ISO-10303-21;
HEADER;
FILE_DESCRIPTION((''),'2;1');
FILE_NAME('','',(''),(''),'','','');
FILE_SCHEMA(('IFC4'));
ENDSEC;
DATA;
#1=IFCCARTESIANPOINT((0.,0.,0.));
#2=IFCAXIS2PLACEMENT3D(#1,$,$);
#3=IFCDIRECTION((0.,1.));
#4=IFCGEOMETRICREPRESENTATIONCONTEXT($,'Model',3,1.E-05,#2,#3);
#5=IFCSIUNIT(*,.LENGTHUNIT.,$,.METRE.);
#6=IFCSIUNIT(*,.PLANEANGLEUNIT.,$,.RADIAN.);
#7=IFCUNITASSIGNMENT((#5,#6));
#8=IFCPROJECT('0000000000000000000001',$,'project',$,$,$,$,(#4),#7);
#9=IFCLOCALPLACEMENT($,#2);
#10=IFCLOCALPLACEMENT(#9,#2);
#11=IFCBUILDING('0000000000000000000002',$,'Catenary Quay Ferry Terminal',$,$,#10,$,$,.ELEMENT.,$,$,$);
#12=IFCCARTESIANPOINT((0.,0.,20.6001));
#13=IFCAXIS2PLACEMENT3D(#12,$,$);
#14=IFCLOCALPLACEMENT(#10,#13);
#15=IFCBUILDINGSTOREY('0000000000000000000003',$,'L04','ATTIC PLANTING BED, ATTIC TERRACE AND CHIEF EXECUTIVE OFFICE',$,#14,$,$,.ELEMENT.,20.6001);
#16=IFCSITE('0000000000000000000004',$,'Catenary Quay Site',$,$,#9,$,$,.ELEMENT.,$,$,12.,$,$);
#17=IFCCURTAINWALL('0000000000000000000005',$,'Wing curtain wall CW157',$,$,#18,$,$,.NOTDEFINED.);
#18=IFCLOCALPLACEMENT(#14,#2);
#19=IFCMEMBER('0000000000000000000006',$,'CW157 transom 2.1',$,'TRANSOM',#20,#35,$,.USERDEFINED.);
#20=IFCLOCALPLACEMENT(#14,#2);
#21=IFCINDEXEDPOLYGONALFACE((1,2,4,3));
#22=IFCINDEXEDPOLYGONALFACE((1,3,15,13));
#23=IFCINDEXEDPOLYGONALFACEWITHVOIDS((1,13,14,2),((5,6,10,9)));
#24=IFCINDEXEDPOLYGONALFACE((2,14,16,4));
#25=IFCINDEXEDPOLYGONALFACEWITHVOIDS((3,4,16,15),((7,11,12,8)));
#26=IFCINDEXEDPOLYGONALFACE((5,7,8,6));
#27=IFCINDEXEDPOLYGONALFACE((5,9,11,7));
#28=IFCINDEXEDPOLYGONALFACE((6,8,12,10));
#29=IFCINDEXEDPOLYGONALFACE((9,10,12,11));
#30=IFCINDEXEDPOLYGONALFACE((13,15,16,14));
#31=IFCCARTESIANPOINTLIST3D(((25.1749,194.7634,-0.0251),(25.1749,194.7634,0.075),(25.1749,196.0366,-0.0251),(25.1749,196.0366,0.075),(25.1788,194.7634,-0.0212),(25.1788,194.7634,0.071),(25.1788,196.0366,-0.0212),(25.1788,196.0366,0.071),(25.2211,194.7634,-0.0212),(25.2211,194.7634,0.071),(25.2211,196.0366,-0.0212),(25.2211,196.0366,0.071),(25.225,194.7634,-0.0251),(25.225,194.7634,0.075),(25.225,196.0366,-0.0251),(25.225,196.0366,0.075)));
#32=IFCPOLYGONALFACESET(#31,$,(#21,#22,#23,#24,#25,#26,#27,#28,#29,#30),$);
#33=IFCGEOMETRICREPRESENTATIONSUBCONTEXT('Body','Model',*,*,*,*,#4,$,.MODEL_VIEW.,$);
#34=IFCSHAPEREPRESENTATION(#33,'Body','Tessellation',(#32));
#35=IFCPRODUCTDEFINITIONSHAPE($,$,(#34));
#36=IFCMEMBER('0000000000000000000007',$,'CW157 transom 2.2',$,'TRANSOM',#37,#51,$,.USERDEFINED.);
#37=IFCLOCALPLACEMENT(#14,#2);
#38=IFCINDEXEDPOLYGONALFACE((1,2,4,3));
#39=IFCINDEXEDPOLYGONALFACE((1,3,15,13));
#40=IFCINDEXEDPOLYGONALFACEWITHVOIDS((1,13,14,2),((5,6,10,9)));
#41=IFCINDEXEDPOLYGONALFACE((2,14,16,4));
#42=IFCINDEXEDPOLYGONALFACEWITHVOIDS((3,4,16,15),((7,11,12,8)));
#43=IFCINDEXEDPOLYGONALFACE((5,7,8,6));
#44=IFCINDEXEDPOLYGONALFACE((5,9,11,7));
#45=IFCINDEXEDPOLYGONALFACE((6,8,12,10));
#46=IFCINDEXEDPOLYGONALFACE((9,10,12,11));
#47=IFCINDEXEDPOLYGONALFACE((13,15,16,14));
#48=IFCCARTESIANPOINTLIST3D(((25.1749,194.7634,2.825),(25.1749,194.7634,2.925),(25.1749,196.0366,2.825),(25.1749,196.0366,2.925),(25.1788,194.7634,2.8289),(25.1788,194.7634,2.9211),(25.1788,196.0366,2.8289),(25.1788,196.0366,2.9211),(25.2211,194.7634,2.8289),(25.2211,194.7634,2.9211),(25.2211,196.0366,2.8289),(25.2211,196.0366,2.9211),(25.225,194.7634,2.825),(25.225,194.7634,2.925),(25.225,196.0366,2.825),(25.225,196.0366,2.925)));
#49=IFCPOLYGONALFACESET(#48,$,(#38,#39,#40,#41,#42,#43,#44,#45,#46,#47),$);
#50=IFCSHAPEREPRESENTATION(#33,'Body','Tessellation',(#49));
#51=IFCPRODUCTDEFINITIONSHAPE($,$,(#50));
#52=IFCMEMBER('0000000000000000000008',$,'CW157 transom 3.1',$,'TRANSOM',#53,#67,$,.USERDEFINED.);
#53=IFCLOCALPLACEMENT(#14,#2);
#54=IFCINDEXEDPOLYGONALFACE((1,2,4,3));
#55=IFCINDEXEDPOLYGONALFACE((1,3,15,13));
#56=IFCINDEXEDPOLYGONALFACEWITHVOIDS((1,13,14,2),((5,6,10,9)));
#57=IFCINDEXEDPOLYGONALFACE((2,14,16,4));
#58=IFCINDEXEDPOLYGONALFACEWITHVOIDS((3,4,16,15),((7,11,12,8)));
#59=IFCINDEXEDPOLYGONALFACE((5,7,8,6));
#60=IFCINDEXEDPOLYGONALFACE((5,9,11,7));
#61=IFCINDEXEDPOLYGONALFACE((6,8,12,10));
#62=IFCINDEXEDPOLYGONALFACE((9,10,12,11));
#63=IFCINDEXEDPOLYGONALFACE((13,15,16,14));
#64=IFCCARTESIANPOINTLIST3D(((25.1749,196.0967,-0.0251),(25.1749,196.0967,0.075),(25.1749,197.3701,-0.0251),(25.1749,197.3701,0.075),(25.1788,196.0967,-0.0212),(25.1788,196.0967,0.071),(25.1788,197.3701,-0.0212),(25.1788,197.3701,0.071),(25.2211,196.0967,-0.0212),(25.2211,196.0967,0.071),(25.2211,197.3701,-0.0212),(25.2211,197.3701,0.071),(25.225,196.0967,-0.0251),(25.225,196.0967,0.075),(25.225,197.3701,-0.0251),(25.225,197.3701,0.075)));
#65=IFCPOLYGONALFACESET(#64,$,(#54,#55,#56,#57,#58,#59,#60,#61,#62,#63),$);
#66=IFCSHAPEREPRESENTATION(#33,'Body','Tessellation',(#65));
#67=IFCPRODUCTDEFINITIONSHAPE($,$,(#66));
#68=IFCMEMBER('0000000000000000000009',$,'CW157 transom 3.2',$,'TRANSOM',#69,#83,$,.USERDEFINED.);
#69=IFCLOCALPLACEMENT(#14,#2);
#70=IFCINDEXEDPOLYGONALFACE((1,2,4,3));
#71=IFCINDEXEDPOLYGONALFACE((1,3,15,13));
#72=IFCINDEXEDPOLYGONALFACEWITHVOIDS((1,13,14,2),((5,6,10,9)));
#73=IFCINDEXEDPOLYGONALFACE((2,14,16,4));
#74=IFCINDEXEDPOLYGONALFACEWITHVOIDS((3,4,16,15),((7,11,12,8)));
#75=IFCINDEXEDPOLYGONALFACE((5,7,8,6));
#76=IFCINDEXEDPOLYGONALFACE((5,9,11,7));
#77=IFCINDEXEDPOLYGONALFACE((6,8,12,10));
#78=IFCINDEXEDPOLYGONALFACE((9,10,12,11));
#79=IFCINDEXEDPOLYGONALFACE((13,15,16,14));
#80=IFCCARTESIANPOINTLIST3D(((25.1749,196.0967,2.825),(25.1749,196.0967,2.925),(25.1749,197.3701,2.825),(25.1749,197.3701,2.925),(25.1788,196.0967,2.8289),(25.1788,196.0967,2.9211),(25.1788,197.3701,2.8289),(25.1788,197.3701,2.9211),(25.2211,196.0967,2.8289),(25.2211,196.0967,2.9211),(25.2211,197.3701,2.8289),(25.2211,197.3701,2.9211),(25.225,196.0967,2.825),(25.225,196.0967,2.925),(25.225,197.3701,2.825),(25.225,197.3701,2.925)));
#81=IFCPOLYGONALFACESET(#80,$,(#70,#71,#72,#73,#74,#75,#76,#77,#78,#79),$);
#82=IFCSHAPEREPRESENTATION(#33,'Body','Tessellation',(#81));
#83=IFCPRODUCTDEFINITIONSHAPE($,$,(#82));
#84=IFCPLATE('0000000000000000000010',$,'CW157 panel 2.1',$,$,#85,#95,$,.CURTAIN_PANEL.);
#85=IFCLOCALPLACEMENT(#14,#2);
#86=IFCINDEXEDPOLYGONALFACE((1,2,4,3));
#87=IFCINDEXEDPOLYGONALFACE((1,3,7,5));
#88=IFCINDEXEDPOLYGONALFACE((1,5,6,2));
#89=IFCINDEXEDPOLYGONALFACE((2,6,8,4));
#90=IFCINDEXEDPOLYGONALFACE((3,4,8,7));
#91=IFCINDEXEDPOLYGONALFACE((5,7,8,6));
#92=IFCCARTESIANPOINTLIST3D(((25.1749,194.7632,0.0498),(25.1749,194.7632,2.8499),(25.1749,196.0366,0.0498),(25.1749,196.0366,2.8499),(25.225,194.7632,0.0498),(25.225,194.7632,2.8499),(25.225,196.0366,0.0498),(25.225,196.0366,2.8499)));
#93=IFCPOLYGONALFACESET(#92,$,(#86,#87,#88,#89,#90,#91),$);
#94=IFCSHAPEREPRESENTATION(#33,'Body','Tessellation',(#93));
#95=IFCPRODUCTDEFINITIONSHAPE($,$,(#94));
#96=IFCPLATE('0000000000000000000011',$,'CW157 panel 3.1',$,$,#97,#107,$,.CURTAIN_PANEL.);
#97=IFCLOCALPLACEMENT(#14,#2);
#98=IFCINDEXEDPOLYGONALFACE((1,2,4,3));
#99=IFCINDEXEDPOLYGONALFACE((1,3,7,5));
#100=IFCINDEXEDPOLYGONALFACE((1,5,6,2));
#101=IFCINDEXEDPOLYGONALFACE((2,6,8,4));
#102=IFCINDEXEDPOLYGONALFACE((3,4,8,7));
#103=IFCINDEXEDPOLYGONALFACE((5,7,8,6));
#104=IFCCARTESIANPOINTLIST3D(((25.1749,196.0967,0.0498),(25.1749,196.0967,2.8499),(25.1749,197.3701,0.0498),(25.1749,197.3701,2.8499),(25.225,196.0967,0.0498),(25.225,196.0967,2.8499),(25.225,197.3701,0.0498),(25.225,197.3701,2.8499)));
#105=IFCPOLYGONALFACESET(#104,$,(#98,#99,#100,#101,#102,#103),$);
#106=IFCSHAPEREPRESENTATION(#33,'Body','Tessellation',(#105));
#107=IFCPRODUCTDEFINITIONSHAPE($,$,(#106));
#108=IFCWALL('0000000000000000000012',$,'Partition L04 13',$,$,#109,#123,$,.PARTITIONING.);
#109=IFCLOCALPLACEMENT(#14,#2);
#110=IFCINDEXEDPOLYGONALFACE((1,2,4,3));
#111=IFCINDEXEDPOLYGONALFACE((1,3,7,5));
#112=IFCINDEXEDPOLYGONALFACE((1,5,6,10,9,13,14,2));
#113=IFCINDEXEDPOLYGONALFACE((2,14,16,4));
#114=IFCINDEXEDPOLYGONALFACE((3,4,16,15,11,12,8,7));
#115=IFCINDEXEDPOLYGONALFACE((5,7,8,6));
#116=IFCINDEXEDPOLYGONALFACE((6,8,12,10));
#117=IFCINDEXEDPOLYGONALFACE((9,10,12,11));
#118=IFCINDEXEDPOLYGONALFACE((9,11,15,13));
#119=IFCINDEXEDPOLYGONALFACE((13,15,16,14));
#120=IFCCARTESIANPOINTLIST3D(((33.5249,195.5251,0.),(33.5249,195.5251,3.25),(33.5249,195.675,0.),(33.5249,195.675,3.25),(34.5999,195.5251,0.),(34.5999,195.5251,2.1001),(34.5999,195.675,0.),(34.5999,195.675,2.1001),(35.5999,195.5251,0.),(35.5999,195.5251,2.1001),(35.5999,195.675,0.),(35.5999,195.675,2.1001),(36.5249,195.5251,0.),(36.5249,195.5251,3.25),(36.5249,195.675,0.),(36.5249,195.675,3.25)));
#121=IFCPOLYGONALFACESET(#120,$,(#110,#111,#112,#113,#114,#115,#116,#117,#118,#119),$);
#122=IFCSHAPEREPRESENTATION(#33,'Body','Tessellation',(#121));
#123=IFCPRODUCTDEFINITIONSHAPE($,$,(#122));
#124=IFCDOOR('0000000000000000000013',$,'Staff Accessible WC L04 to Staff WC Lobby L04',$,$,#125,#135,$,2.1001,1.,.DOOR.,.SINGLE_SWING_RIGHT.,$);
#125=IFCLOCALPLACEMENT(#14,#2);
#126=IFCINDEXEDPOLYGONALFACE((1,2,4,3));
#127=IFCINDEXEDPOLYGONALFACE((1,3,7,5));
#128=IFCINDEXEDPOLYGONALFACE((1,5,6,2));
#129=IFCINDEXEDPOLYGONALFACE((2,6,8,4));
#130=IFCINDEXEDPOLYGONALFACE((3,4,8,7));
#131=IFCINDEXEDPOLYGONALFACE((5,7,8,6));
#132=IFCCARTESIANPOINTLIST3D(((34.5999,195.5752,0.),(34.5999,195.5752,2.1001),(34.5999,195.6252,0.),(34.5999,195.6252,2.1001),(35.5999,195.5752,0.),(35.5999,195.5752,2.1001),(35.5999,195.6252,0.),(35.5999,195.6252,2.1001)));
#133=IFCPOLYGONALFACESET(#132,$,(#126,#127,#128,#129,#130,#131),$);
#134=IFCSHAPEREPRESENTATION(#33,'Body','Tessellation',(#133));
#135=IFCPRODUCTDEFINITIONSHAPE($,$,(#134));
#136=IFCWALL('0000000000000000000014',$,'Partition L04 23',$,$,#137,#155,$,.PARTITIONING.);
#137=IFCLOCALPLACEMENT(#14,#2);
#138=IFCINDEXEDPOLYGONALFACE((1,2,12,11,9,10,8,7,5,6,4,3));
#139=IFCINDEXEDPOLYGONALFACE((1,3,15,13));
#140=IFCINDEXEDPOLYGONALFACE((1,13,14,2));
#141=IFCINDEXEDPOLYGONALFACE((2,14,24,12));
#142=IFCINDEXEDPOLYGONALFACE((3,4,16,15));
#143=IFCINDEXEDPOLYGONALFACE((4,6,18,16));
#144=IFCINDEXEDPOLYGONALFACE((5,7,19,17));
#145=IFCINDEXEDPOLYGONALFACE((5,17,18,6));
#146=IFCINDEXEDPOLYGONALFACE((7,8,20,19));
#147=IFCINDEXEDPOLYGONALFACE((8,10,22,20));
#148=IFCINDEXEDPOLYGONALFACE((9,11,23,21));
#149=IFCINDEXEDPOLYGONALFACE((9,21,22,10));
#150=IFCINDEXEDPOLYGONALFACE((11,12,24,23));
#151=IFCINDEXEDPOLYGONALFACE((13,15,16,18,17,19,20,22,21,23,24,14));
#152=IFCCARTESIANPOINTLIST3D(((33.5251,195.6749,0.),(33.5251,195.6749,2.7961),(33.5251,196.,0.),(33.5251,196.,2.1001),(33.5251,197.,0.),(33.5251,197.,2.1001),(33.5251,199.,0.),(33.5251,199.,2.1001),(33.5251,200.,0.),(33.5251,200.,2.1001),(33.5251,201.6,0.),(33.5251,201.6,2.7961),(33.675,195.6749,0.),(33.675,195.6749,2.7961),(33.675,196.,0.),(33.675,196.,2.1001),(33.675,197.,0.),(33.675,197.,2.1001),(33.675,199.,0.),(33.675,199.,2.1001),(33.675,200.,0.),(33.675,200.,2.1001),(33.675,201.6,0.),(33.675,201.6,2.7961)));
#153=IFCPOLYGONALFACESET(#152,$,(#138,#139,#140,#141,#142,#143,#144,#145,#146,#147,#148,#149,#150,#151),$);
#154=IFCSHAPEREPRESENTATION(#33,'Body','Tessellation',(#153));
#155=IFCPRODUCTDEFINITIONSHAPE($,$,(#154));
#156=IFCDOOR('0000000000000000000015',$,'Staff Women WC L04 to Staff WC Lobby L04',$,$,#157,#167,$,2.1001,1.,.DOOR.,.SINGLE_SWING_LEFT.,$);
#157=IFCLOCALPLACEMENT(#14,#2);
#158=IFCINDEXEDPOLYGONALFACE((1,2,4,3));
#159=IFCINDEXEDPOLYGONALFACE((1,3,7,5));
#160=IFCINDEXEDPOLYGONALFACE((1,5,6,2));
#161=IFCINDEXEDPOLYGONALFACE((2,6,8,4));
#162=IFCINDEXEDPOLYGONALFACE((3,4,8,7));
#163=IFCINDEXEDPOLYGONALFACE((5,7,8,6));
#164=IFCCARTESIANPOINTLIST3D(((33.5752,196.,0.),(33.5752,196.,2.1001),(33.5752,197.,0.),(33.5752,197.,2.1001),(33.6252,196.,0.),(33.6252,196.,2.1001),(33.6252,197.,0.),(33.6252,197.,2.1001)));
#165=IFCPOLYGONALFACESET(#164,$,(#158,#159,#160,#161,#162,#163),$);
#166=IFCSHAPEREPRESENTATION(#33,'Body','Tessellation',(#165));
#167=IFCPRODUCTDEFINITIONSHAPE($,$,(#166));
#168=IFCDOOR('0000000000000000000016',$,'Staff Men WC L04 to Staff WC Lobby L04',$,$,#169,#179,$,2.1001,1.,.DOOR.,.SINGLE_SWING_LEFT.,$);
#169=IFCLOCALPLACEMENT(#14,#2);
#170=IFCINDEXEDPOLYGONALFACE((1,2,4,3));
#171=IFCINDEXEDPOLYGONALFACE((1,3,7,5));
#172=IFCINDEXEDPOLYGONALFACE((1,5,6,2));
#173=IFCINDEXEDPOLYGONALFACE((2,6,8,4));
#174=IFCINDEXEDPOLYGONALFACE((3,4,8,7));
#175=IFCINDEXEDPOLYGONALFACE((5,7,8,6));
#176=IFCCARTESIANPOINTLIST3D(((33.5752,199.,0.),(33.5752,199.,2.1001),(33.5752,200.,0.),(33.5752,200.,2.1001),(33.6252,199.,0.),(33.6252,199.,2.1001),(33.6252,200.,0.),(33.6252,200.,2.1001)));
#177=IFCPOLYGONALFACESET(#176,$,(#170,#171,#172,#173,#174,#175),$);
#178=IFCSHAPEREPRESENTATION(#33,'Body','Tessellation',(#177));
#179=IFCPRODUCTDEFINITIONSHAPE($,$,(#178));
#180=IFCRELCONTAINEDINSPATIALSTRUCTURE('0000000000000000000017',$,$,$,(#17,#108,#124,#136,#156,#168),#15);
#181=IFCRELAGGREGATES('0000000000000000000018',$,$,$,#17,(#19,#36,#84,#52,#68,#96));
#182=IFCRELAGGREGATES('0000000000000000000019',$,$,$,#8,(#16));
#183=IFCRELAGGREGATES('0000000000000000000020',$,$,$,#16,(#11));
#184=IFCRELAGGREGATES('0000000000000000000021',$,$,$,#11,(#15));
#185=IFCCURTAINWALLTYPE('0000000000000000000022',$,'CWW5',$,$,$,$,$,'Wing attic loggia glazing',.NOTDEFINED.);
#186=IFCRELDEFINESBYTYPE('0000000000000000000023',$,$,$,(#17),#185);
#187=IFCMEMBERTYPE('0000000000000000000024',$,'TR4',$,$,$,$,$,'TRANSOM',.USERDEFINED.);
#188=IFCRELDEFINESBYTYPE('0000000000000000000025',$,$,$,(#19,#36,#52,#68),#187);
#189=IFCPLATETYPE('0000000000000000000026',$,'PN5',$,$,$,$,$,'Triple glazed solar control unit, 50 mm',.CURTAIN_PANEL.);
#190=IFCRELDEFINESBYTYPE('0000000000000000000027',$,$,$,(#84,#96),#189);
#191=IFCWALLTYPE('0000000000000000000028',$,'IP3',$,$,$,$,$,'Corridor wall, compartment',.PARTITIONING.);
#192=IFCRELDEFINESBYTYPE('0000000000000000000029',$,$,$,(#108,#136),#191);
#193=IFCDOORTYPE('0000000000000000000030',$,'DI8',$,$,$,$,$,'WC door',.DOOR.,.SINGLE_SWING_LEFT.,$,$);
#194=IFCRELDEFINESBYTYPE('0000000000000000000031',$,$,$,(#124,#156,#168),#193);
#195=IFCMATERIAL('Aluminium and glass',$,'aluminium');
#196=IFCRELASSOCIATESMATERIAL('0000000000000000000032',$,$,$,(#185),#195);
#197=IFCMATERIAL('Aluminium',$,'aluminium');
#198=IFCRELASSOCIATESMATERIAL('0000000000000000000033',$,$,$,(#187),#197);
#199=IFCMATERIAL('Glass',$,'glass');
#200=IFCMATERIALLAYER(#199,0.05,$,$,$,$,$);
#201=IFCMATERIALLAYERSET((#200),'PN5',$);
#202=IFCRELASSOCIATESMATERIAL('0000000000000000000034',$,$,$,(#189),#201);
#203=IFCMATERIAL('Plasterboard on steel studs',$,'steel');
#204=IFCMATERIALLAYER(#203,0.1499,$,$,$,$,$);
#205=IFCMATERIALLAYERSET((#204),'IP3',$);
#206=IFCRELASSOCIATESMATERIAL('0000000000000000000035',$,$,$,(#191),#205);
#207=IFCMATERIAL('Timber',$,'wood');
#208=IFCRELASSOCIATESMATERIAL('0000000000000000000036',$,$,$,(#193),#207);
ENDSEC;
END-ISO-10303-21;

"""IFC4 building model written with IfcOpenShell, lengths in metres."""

from ifc_helpers import new_model, si_unit, direction, frame, frame_2d, origin, origin_2d, place, context, subcontext, project, spatial, rectangle, hollow_rectangle, extrude, material, layer, layer_set, material_profile, profile_set, type_object, element, fill, aggregate, save


model = new_model("IFC4")

# Units and contexts
model_context = context("Model", 3, precision=1e-05, world=origin(), true_north=direction((0.0, 1.0)))
body_context = subcontext(model_context, "Body", "Model", "MODEL_VIEW")
ifc_project = project(units=[si_unit("LENGTHUNIT", "METRE"), si_unit("PLANEANGLEUNIT", "RADIAN")], contexts=[model_context])

# Site, building, storey
site_placement = place(None, origin())
site = spatial("IfcSite", under=ifc_project, at=site_placement, Name="Catenary Quay Site", CompositionType="ELEMENT", RefElevation=12.0)
building_placement = place(site_placement, origin())
building = spatial("IfcBuilding", under=site, at=building_placement, Name="Catenary Quay Ferry Terminal", CompositionType="ELEMENT")
storey_placement = place(building_placement, frame((0.0, 0.0, 20.6001)))
storey = spatial("IfcBuildingStorey", under=building, at=storey_placement, Name="L04", Description="ATTIC PLANTING BED, ATTIC TERRACE AND CHIEF EXECUTIVE OFFICE", CompositionType="ELEMENT", Elevation=20.6001)

# Curtain wall, members, plates
ifc_material_1 = material(Name="Aluminium and glass", Category="aluminium")
curtain_wall_type = type_object("IfcCurtainWallType", Name="CWW5", ElementType="Wing attic loggia glazing", PredefinedType="NOTDEFINED", material=ifc_material_1)
curtain_wall_placement = place(storey_placement, origin())
curtain_wall = element("IfcCurtainWall", 1, at=curtain_wall_placement, inside=storey, type_object=curtain_wall_type, Name="Wing curtain wall CW157", PredefinedType="NOTDEFINED")
ifc_material_2 = material(Name="Aluminium", Category="aluminium")
ifc_material_profile_1 = material_profile(ifc_material_2, hollow_rectangle(XDim=0.05, YDim=0.1001, WallThickness=0.0039, at=origin_2d()), Name="TR4")
ifc_profile_set_1 = profile_set([ifc_material_profile_1], Name="Aluminium")
member_type_1 = type_object("IfcMemberType", Name="TR4", ElementType="TRANSOM", PredefinedType="USERDEFINED", material=ifc_profile_set_1)
member_1_placement = place(storey_placement, frame((25.2, 194.7634, 0.0249), z_axis=(0.0, 1.0, 0.0), x_axis=(-1.0, 0.0, 0.0)))
member_1 = element("IfcMember", 2, at=member_1_placement, type_object=member_type_1, Name="CW157 transom 2.1", ObjectType="TRANSOM", PredefinedType="USERDEFINED", context=body_context, shape_type="SweptSolid", body=[
    extrude(hollow_rectangle(XDim=0.05, YDim=0.1001, WallThickness=0.0039, at=origin_2d()), origin(), (0.0, 0.0, 1.0), 1.2732),
])
member_2_placement = place(storey_placement, frame((25.2, 194.7634, 2.875), z_axis=(0.0, 1.0, 0.0), x_axis=(-1.0, 0.0, 0.0)))
member_2 = element("IfcMember", 3, at=member_2_placement, type_object=member_type_1, Name="CW157 transom 2.2", ObjectType="TRANSOM", PredefinedType="USERDEFINED", context=body_context, shape_type="SweptSolid", body=[
    extrude(hollow_rectangle(XDim=0.05, YDim=0.1001, WallThickness=0.0039, at=origin_2d()), origin(), (0.0, 0.0, 1.0), 1.2732),
])
member_3_placement = place(storey_placement, frame((25.2, 196.0967, 0.0249), z_axis=(0.0, 1.0, 0.0), x_axis=(-1.0, 0.0, 0.0)))
member_3 = element("IfcMember", 4, at=member_3_placement, type_object=member_type_1, Name="CW157 transom 3.1", ObjectType="TRANSOM", PredefinedType="USERDEFINED", context=body_context, shape_type="SweptSolid", body=[
    extrude(hollow_rectangle(XDim=0.05, YDim=0.1001, WallThickness=0.0039, at=origin_2d()), origin(), (0.0, 0.0, 1.0), 1.2734),
])
member_4_placement = place(storey_placement, frame((25.2, 196.0967, 2.875), z_axis=(0.0, 1.0, 0.0), x_axis=(-1.0, 0.0, 0.0)))
member_4 = element("IfcMember", 5, at=member_4_placement, type_object=member_type_1, Name="CW157 transom 3.2", ObjectType="TRANSOM", PredefinedType="USERDEFINED", context=body_context, shape_type="SweptSolid", body=[
    extrude(hollow_rectangle(XDim=0.05, YDim=0.1001, WallThickness=0.0039, at=origin_2d()), origin(), (0.0, 0.0, 1.0), 1.2734),
])
ifc_material_3 = material(Name="Glass", Category="glass")
ifc_layer_1 = layer(ifc_material_3, 0.05)
ifc_layer_set_1 = layer_set([ifc_layer_1], Name="PN5")
plate_type = type_object("IfcPlateType", Name="PN5", ElementType="Triple glazed solar control unit, 50 mm", PredefinedType="CURTAIN_PANEL", material=ifc_layer_set_1)
plate_1_placement = place(storey_placement, frame((25.2, 195.3999, 0.0498), z_axis=(0.0, 0.0, 1.0), x_axis=(0.0, 1.0, 0.0)))
plate_1 = element("IfcPlate", 6, at=plate_1_placement, type_object=plate_type, Name="CW157 panel 2.1", PredefinedType="CURTAIN_PANEL", context=body_context, shape_type="SweptSolid", body=[
    extrude(rectangle(XDim=1.2734, YDim=0.05, at=origin_2d()), origin(), (0.0, 0.0, 1.0), 2.8),
])
plate_2_placement = place(storey_placement, frame((25.2, 196.7334, 0.0498), z_axis=(0.0, 0.0, 1.0), x_axis=(0.0, 1.0, 0.0)))
plate_2 = element("IfcPlate", 7, at=plate_2_placement, type_object=plate_type, Name="CW157 panel 3.1", PredefinedType="CURTAIN_PANEL", context=body_context, shape_type="SweptSolid", body=[
    extrude(rectangle(XDim=1.2734, YDim=0.05, at=origin_2d()), origin(), (0.0, 0.0, 1.0), 2.8),
])
aggregate(curtain_wall, [member_1, member_2, plate_1, member_3, member_4, plate_2])

# Wall, opening, door
ifc_material_4 = material(Name="Plasterboard on steel studs", Category="steel")
ifc_layer_2 = layer(ifc_material_4, 0.1499)
ifc_layer_set_2 = layer_set([ifc_layer_2], Name="IP3")
wall_type_1 = type_object("IfcWallType", Name="IP3", ElementType="Corridor wall, compartment", PredefinedType="PARTITIONING", material=ifc_layer_set_2)
wall_1_placement = place(storey_placement, frame((33.5249, 195.6001, 0.0), z_axis=(0.0, 0.0, 1.0), x_axis=(1.0, 0.0, 0.0)))
wall_1 = element("IfcWall", 8, at=wall_1_placement, inside=storey, type_object=wall_type_1, Name="Partition L04 13", PredefinedType="PARTITIONING", context=body_context, shape_type="SweptSolid", body=[
    extrude(rectangle(XDim=3.0, YDim=0.1499, at=frame_2d((1.5, 0.0))), origin(), (0.0, 0.0, 1.0), 3.25),
])
opening_1_placement = place(wall_1_placement, frame((1.075, 0.0, 0.0)))
opening_1 = element("IfcOpeningElement", 9, at=opening_1_placement, cuts=wall_1, PredefinedType="OPENING", context=body_context, shape_type="SweptSolid", body=[
    extrude(rectangle(XDim=1.0, YDim=2.1001, at=frame_2d((0.5, 1.05))), frame((0.0, 0.085, 0.0), z_axis=(0.0, -1.0, 0.0), x_axis=(1.0, 0.0, 0.0)), (0.0, 0.0, 1.0), 0.1699),
])
ifc_material_5 = material(Name="Timber", Category="wood")
door_type = type_object("IfcDoorType", Name="DI8", ElementType="WC door", OperationType="SINGLE_SWING_LEFT", PredefinedType="DOOR", material=ifc_material_5)
door_1_placement = place(opening_1_placement, frame((1.0, 0.0, 0.0), z_axis=(0.0, 0.0, 1.0), x_axis=(-1.0, 0.0, 0.0)))
door_1 = element("IfcDoor", 10, at=door_1_placement, inside=storey, type_object=door_type, Name="Staff Accessible WC L04 to Staff WC Lobby L04", OperationType="SINGLE_SWING_RIGHT", OverallHeight=2.1001, OverallWidth=1.0, PredefinedType="DOOR", context=body_context, shape_type="SweptSolid", body=[
    extrude(rectangle(XDim=1.0, YDim=2.1001, at=frame_2d((0.5, 1.05))), frame((0.0, 0.0249, 0.0), z_axis=(0.0, -1.0, 0.0), x_axis=(1.0, 0.0, 0.0)), (0.0, 0.0, 1.0), 0.05),
])
fill(opening_1, door_1)

# Wall, openings, doors
wall_2_placement = place(storey_placement, frame((33.6001, 195.675, 0.0), z_axis=(0.0, 0.0, 1.0), x_axis=(0.0, 1.0, 0.0)))
wall_2 = element("IfcWall", 11, at=wall_2_placement, inside=storey, type_object=wall_type_1, Name="Partition L04 23", PredefinedType="PARTITIONING", context=body_context, shape_type="SweptSolid", body=[
    extrude(rectangle(XDim=5.925, YDim=0.1499, at=frame_2d((2.9624, 0.0))), origin(), (0.0, 0.0, 1.0), 2.7961),
])
opening_2_placement = place(wall_2_placement, frame((0.325, 0.0, 0.0)))
opening_2 = element("IfcOpeningElement", 12, at=opening_2_placement, cuts=wall_2, PredefinedType="OPENING", context=body_context, shape_type="SweptSolid", body=[
    extrude(rectangle(XDim=1.0, YDim=2.1001, at=frame_2d((0.5, 1.05))), frame((0.0, 0.085, 0.0), z_axis=(0.0, -1.0, 0.0), x_axis=(1.0, 0.0, 0.0)), (0.0, 0.0, 1.0), 0.1699),
])
opening_3_placement = place(wall_2_placement, frame((3.325, 0.0, 0.0)))
opening_3 = element("IfcOpeningElement", 13, at=opening_3_placement, cuts=wall_2, PredefinedType="OPENING", context=body_context, shape_type="SweptSolid", body=[
    extrude(rectangle(XDim=1.0, YDim=2.1001, at=frame_2d((0.5, 1.05))), frame((0.0, 0.085, 0.0), z_axis=(0.0, -1.0, 0.0), x_axis=(1.0, 0.0, 0.0)), (0.0, 0.0, 1.0), 0.1699),
])
door_2_placement = place(opening_2_placement, origin())
door_2 = element("IfcDoor", 14, at=door_2_placement, inside=storey, type_object=door_type, Name="Staff Women WC L04 to Staff WC Lobby L04", OperationType="SINGLE_SWING_LEFT", OverallHeight=2.1001, OverallWidth=1.0, PredefinedType="DOOR", context=body_context, shape_type="SweptSolid", body=[
    extrude(rectangle(XDim=1.0, YDim=2.1001, at=frame_2d((0.5, 1.05))), frame((0.0, 0.0249, 0.0), z_axis=(0.0, -1.0, 0.0), x_axis=(1.0, 0.0, 0.0)), (0.0, 0.0, 1.0), 0.05),
])
fill(opening_2, door_2)
door_3_placement = place(opening_3_placement, origin())
door_3 = element("IfcDoor", 15, at=door_3_placement, inside=storey, type_object=door_type, Name="Staff Men WC L04 to Staff WC Lobby L04", OperationType="SINGLE_SWING_LEFT", OverallHeight=2.1001, OverallWidth=1.0, PredefinedType="DOOR", context=body_context, shape_type="SweptSolid", body=[
    extrude(rectangle(XDim=1.0, YDim=2.1001, at=frame_2d((0.5, 1.05))), frame((0.0, 0.0249, 0.0), z_axis=(0.0, -1.0, 0.0), x_axis=(1.0, 0.0, 0.0)), (0.0, 0.0, 1.0), 0.05),
])
fill(opening_3, door_3)

save(model, "model.ifc")
